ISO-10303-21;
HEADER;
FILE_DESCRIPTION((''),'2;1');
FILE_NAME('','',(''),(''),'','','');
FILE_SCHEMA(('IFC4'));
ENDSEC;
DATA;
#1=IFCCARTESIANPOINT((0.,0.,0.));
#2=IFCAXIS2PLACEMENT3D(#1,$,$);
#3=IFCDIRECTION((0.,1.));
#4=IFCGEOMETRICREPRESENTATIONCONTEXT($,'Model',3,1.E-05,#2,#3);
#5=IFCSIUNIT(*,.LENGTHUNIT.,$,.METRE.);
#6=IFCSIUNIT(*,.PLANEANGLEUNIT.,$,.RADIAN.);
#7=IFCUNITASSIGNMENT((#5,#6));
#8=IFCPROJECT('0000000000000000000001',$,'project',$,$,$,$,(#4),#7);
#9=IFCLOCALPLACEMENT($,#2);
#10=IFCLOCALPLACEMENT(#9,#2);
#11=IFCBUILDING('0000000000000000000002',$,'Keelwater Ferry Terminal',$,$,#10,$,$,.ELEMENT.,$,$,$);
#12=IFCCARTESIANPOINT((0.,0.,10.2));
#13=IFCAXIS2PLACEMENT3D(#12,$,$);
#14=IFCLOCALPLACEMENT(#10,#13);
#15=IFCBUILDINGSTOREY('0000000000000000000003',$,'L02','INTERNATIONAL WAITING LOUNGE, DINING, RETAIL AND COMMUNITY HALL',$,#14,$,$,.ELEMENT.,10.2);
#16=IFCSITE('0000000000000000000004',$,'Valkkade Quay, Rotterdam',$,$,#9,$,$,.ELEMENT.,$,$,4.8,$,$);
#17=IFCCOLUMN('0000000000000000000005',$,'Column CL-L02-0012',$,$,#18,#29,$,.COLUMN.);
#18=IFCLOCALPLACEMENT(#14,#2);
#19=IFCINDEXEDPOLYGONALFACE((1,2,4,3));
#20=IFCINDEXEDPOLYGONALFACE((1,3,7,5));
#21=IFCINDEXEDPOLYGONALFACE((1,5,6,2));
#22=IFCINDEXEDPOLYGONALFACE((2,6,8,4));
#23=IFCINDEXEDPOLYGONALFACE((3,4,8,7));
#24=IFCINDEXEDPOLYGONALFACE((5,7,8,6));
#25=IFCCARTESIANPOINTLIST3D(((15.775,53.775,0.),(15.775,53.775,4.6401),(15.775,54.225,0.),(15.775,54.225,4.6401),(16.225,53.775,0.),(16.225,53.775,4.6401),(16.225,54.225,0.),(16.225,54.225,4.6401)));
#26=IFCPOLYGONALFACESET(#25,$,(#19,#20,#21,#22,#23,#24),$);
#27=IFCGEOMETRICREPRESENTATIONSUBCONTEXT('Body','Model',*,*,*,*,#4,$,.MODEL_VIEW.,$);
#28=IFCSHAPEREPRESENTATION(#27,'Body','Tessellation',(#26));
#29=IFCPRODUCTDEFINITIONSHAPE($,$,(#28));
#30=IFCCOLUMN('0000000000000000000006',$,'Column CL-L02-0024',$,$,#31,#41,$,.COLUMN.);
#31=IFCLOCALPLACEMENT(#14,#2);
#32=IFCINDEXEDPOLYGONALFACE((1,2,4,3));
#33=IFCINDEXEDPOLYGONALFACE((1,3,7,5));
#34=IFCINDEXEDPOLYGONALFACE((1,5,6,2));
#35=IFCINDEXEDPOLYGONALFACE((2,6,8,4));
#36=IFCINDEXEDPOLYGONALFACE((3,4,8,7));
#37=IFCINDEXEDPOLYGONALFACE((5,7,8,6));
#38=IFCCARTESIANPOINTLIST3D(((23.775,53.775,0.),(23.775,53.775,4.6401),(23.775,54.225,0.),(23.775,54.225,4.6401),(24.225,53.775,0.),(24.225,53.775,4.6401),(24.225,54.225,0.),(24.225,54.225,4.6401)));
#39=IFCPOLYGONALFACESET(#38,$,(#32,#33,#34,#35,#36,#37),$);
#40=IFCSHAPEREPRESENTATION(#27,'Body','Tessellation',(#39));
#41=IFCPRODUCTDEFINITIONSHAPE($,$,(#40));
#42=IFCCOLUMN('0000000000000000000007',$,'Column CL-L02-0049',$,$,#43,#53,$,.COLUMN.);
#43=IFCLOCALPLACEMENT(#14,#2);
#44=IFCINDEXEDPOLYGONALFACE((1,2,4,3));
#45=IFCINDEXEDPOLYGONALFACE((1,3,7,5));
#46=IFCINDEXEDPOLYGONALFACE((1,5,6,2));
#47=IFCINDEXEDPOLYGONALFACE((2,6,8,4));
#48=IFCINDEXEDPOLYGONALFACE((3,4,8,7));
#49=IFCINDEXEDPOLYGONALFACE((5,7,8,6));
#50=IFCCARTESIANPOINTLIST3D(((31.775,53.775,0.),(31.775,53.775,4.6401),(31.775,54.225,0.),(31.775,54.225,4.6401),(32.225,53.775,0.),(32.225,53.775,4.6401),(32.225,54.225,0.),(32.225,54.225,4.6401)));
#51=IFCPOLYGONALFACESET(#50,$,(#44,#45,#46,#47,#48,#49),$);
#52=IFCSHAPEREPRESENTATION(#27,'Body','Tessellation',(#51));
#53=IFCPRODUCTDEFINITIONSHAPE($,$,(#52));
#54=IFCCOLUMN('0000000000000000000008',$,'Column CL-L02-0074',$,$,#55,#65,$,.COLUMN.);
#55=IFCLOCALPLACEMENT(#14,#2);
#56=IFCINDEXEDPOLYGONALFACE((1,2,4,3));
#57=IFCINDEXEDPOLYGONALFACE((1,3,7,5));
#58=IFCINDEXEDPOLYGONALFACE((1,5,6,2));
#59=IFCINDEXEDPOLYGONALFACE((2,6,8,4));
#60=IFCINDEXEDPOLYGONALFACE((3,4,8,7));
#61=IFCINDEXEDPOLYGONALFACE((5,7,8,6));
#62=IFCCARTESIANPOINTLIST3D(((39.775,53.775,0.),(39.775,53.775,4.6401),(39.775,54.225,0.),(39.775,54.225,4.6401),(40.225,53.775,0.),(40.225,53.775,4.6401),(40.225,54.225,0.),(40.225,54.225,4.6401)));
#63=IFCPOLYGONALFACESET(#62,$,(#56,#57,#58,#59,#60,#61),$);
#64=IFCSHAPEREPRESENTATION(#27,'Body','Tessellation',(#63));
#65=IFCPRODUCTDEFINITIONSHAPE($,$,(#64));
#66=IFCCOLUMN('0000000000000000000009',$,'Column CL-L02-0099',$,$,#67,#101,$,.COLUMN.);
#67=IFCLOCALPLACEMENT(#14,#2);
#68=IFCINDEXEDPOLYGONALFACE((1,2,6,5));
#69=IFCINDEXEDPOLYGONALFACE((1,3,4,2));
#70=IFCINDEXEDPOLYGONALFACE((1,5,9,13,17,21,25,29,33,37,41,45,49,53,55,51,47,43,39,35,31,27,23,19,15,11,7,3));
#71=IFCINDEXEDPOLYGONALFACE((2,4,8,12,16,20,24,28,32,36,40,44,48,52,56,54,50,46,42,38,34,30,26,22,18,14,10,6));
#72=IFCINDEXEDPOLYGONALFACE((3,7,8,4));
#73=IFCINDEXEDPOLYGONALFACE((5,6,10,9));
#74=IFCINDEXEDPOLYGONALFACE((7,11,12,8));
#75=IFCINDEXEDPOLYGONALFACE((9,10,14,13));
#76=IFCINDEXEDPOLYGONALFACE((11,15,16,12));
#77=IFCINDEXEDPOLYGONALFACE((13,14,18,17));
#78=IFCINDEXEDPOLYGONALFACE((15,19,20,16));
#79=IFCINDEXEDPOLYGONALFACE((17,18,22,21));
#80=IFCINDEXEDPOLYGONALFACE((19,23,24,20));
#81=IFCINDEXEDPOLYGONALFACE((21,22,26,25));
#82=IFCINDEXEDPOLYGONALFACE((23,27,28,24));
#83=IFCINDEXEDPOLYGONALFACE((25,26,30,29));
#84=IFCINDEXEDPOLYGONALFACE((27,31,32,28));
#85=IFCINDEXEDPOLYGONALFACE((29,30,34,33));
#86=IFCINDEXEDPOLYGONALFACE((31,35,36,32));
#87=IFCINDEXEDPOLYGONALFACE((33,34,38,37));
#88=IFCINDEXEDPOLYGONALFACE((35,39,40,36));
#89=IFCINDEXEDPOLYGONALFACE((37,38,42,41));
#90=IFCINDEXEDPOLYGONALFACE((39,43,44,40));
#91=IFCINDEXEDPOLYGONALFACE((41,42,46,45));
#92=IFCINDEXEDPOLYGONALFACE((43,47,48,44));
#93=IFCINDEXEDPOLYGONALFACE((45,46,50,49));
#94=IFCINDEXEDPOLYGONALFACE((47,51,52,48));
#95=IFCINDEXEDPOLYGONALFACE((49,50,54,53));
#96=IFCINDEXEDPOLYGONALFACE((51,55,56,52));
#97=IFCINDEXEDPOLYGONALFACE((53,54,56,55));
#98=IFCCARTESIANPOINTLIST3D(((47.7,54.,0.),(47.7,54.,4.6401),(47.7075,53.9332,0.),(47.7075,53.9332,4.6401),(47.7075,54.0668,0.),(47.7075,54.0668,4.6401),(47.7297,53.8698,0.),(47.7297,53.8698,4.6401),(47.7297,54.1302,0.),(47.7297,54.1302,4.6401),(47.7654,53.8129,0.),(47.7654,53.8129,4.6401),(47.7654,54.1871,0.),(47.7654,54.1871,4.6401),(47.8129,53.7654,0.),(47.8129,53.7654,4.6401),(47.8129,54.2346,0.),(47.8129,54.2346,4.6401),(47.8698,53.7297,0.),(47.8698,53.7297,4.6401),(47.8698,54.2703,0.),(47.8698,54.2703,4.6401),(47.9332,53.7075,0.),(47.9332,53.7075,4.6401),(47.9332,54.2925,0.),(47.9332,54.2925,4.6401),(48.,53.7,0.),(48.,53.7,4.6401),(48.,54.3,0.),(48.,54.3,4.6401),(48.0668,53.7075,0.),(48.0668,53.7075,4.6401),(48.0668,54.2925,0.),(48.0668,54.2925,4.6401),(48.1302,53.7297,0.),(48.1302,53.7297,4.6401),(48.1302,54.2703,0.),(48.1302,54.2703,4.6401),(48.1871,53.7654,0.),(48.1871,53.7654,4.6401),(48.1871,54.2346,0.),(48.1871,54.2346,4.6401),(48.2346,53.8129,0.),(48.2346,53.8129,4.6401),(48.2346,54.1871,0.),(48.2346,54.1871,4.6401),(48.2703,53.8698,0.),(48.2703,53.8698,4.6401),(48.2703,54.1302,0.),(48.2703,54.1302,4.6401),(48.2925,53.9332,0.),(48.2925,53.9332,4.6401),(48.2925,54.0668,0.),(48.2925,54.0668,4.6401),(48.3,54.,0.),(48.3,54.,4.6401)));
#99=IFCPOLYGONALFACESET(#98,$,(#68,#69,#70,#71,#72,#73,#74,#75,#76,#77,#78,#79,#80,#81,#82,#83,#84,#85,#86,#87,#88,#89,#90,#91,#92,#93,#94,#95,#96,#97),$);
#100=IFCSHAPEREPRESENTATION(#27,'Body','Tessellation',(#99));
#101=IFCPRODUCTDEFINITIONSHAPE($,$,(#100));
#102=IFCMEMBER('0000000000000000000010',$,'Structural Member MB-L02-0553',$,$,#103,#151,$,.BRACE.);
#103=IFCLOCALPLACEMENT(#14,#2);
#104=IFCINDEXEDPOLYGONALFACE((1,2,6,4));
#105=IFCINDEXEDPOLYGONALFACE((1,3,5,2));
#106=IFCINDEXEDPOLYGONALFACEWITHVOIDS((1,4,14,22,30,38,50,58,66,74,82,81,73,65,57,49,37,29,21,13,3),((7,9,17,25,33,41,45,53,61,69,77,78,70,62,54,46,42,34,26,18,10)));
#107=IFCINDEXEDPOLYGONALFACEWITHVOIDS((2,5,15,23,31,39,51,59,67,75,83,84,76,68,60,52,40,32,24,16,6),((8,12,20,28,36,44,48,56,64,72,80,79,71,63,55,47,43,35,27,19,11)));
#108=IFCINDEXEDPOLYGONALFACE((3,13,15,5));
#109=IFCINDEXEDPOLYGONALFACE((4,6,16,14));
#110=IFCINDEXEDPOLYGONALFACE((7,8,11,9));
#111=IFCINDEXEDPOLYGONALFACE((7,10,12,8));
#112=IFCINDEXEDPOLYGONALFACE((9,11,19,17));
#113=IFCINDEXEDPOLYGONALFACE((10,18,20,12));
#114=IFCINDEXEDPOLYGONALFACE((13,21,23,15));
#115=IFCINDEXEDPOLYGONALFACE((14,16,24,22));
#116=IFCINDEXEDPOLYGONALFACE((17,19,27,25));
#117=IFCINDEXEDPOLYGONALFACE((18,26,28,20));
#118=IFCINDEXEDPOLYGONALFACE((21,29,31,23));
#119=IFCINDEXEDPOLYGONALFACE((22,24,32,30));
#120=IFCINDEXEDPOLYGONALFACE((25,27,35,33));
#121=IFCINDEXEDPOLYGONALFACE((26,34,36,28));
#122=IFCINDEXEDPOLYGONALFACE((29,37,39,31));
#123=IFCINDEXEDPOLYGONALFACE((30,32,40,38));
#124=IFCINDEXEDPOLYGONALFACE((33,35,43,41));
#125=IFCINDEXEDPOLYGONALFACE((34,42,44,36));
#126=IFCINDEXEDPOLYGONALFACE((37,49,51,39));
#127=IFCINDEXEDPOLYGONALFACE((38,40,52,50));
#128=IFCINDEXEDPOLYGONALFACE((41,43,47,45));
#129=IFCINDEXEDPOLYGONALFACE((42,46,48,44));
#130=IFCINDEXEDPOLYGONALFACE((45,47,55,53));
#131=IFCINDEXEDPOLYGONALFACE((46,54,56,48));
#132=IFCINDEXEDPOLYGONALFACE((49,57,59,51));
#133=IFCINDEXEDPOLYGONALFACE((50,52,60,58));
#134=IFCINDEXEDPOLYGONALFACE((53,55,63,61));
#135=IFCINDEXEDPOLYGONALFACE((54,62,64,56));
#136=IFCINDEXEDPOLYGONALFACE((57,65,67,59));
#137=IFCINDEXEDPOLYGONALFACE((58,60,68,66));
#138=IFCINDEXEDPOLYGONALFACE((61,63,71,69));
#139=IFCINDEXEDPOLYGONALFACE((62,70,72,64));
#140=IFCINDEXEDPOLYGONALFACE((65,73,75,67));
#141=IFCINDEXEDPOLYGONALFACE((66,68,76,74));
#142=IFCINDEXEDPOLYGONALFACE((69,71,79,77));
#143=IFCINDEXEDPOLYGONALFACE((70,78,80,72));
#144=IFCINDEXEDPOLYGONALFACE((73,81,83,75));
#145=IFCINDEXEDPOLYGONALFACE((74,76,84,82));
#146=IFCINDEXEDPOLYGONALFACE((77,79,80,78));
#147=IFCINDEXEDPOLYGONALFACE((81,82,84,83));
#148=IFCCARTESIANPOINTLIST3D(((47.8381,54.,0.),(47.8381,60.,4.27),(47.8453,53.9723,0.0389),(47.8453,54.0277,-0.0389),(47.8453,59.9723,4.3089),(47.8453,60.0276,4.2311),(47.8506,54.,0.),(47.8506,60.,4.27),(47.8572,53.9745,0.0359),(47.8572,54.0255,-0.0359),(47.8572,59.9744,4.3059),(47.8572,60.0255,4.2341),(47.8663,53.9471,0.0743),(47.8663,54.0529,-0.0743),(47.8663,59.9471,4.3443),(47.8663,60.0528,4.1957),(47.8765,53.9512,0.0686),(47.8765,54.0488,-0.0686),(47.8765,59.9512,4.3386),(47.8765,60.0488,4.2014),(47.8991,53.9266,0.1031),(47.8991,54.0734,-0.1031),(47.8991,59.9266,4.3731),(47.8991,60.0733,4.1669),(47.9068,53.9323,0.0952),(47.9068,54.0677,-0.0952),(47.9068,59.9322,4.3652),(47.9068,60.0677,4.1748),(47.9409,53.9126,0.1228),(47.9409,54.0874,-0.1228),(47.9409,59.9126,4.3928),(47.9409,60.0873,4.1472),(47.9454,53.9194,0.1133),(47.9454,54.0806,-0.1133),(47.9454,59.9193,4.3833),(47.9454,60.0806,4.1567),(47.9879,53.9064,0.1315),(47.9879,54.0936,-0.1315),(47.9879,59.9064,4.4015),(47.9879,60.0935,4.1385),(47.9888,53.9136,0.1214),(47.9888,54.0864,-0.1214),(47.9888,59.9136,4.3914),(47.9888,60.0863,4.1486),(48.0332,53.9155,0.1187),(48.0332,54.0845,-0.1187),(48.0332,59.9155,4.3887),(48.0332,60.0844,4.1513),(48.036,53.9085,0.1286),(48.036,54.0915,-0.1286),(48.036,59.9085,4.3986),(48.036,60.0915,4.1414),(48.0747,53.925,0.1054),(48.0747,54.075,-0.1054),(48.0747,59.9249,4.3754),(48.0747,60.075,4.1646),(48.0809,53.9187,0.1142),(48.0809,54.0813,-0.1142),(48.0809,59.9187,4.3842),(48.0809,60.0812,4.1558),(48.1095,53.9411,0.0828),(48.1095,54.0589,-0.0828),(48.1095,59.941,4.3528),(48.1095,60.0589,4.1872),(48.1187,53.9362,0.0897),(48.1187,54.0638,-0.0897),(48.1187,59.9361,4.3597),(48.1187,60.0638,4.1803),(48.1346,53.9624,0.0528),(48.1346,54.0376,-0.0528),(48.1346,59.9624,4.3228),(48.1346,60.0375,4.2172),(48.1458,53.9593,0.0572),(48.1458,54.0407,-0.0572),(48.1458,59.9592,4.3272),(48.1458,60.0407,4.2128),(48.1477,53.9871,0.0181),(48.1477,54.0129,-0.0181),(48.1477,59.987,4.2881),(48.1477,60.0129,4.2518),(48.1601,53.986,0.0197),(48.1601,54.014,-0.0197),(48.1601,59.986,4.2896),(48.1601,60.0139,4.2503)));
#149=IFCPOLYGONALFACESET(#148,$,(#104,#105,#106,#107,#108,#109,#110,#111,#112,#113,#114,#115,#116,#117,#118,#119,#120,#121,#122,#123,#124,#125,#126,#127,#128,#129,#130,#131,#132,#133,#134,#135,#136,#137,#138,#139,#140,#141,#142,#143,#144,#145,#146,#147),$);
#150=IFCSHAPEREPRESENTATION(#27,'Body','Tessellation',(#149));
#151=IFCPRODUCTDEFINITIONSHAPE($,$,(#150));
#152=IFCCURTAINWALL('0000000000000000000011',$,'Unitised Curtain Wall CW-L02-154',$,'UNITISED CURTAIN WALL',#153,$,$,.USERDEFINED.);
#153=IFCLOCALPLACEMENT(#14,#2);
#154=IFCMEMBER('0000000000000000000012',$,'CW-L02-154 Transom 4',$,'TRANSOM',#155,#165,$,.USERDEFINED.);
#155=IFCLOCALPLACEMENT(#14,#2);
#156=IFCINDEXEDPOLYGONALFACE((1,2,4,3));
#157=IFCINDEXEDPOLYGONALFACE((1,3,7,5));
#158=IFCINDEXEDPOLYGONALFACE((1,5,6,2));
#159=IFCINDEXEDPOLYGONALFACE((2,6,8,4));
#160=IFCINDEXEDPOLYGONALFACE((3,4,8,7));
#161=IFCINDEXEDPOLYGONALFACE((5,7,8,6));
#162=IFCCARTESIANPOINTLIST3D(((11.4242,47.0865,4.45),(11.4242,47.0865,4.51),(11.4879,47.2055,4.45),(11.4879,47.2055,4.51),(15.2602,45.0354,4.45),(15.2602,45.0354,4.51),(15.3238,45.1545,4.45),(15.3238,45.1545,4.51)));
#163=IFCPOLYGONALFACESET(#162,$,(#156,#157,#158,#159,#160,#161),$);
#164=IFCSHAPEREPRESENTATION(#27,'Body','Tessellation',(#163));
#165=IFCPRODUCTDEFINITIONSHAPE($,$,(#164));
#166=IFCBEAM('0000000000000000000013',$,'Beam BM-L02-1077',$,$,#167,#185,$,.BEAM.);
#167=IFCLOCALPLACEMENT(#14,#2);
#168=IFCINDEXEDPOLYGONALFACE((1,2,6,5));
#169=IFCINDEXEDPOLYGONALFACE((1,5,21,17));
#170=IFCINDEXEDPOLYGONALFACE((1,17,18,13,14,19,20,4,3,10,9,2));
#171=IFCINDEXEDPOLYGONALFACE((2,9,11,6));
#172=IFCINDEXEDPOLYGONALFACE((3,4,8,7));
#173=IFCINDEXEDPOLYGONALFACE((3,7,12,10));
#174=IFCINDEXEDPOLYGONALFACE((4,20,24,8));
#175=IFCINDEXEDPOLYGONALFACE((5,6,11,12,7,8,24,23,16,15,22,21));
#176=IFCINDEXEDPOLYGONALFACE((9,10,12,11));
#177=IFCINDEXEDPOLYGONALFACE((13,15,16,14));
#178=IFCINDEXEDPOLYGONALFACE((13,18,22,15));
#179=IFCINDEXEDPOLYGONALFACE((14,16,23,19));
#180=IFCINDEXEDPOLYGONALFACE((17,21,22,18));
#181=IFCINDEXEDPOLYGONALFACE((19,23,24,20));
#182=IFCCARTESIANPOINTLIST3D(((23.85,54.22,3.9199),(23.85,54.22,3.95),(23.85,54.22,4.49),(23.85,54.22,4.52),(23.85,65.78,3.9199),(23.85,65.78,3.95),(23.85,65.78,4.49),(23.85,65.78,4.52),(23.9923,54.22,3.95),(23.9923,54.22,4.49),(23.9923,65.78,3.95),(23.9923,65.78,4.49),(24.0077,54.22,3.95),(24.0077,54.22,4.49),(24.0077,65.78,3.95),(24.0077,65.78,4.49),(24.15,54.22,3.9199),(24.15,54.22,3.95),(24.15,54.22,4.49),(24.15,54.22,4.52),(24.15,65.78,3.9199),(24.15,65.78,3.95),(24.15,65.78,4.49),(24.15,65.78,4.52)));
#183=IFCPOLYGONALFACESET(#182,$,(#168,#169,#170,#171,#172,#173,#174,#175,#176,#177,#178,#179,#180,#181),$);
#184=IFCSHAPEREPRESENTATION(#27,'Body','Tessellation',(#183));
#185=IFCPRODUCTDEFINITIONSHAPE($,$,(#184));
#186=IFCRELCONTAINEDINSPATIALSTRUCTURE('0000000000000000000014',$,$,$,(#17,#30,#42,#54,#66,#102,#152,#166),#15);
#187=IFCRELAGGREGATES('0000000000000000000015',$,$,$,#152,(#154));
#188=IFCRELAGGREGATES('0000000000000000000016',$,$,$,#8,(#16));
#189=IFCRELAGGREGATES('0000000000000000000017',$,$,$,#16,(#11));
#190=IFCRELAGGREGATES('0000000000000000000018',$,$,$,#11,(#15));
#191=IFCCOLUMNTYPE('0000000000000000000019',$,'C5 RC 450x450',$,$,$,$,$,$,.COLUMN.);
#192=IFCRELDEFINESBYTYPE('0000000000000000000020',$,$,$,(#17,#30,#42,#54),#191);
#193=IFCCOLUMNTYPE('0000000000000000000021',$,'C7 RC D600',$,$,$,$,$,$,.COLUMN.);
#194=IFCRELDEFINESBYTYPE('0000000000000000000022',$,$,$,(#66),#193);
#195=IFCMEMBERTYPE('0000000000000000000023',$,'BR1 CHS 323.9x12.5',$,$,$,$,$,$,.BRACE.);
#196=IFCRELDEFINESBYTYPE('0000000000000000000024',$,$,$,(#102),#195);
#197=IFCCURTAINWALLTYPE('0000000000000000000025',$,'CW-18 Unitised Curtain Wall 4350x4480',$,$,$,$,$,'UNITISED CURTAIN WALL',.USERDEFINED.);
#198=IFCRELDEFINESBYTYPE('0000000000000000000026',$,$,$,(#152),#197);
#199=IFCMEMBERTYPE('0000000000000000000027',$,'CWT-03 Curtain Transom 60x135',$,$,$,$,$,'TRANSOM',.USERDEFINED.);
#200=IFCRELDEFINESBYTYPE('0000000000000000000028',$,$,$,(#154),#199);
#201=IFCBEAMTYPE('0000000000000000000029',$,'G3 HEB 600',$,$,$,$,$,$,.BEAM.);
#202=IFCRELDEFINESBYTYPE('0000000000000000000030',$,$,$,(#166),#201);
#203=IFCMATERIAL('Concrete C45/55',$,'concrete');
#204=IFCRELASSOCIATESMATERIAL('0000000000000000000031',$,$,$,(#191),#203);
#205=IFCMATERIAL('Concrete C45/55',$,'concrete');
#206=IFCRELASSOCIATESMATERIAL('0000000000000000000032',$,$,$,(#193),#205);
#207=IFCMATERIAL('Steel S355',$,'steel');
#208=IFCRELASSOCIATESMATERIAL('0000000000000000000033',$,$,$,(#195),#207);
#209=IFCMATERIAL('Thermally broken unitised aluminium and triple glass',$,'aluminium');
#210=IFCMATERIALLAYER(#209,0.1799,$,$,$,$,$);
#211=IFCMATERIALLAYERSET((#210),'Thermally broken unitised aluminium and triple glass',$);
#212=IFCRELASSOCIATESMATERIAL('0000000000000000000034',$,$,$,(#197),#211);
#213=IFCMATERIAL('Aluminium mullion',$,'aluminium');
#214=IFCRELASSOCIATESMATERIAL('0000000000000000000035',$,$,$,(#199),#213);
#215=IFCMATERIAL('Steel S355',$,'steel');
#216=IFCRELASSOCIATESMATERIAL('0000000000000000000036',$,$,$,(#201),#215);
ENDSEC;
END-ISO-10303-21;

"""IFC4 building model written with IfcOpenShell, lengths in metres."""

from ifc_helpers import new_model, si_unit, direction, frame, origin, origin_2d, place, context, subcontext, project, spatial, rectangle, circle, hollow_circle, i_section, extrude, material, layer, layer_set, material_profile, profile_set, type_object, element, aggregate, save


model = new_model("IFC4")

# Units and contexts
model_context = context("Model", 3, precision=1e-05, world=origin(), true_north=direction((0.0, 1.0)))
body_context = subcontext(model_context, "Body", "Model", "MODEL_VIEW")
ifc_project = project(units=[si_unit("LENGTHUNIT", "METRE"), si_unit("PLANEANGLEUNIT", "RADIAN")], contexts=[model_context])

# Site, building, storey
site_placement = place(None, origin())
site = spatial("IfcSite", under=ifc_project, at=site_placement, Name="Valkkade Quay, Rotterdam", CompositionType="ELEMENT", RefElevation=4.8)
building_placement = place(site_placement, origin())
building = spatial("IfcBuilding", under=site, at=building_placement, Name="Keelwater Ferry Terminal", CompositionType="ELEMENT")
storey_placement = place(building_placement, frame((0.0, 0.0, 10.2)))
storey = spatial("IfcBuildingStorey", under=building, at=storey_placement, Name="L02", Description="INTERNATIONAL WAITING LOUNGE, DINING, RETAIL AND COMMUNITY HALL", CompositionType="ELEMENT", Elevation=10.2)

# Columns
ifc_material_1 = material(Name="Concrete C45/55", Category="concrete")
ifc_material_profile_1 = material_profile(ifc_material_1, rectangle(XDim=0.45, YDim=0.45, at=origin_2d()), Name="RC 450x450")
ifc_profile_set_1 = profile_set([ifc_material_profile_1], Name="Concrete C45/55")
column_type_1 = type_object("IfcColumnType", Name="C5 RC 450x450", PredefinedType="COLUMN", material=ifc_profile_set_1)
for number, where, z_axis, x_axis, name in (
    (1, (16.0, 54.0, 0.0), (0.0, 0.0, 1.0), (1.0, 0.0, 0.0), "Column CL-L02-0012"),
    (2, (24.0, 54.0, 0.0), (0.0, 0.0, 1.0), (1.0, 0.0, 0.0), "Column CL-L02-0024"),
    (3, (32.0, 54.0, 0.0), (0.0, 0.0, 1.0), (1.0, 0.0, 0.0), "Column CL-L02-0049"),
    (4, (40.0, 54.0, 0.0), (0.0, 0.0, 1.0), (1.0, 0.0, 0.0), "Column CL-L02-0074"),
):
    element("IfcColumn", number, at=place(storey_placement, frame(where, z_axis=z_axis, x_axis=x_axis)), inside=storey, type_object=column_type_1, Name=name, PredefinedType="COLUMN", context=body_context, shape_type="SweptSolid", body=[
        extrude(rectangle(XDim=0.45, YDim=0.45, at=origin_2d()), origin(), (0.0, 0.0, 1.0), 4.6401),
    ])
ifc_material_2 = material(Name="Concrete C45/55", Category="concrete")
ifc_material_profile_2 = material_profile(ifc_material_2, circle(Radius=0.3, at=origin_2d()), Name="RC D600")
ifc_profile_set_2 = profile_set([ifc_material_profile_2], Name="Concrete C45/55")
column_type_2 = type_object("IfcColumnType", Name="C7 RC D600", PredefinedType="COLUMN", material=ifc_profile_set_2)
column_placement = place(storey_placement, frame((48.0, 54.0, 0.0), z_axis=(0.0, 0.0, 1.0), x_axis=(1.0, 0.0, 0.0)))
element("IfcColumn", 5, at=column_placement, inside=storey, type_object=column_type_2, Name="Column CL-L02-0099", PredefinedType="COLUMN", context=body_context, shape_type="SweptSolid", body=[
    extrude(circle(Radius=0.3, at=origin_2d()), origin(), (0.0, 0.0, 1.0), 4.6401),
])

# Member
ifc_material_3 = material(Name="Steel S355", Category="steel")
ifc_material_profile_3 = material_profile(ifc_material_3, hollow_circle(Radius=0.1619, WallThickness=0.0125, at=origin_2d()), Name="CHS 323.9x12.5")
ifc_profile_set_3 = profile_set([ifc_material_profile_3], Name="Steel S355")
member_type_1 = type_object("IfcMemberType", Name="BR1 CHS 323.9x12.5", PredefinedType="BRACE", material=ifc_profile_set_3)
member_1_placement = place(storey_placement, frame((48.0, 54.0, 0.0), z_axis=(0.0, 0.81474, 0.579826), x_axis=(-1.0, 0.0, 0.0)))
element("IfcMember", 6, at=member_1_placement, inside=storey, type_object=member_type_1, Name="Structural Member MB-L02-0553", PredefinedType="BRACE", context=body_context, shape_type="SweptSolid", body=[
    extrude(hollow_circle(Radius=0.1619, WallThickness=0.0125, at=origin_2d()), origin(), (0.0, 0.0, 1.0), 7.3643),
])

# Curtain wall, member
ifc_material_4 = material(Name="Thermally broken unitised aluminium and triple glass", Category="aluminium")
ifc_layer_1 = layer(ifc_material_4, 0.1799)
ifc_layer_set_1 = layer_set([ifc_layer_1], Name="Thermally broken unitised aluminium and triple glass")
curtain_wall_type = type_object("IfcCurtainWallType", Name="CW-18 Unitised Curtain Wall 4350x4480", ElementType="UNITISED CURTAIN WALL", PredefinedType="USERDEFINED", material=ifc_layer_set_1)
curtain_wall_placement = place(storey_placement, origin())
curtain_wall = element("IfcCurtainWall", 7, at=curtain_wall_placement, inside=storey, type_object=curtain_wall_type, Name="Unitised Curtain Wall CW-L02-154", ObjectType="UNITISED CURTAIN WALL", PredefinedType="USERDEFINED")
ifc_material_5 = material(Name="Aluminium mullion", Category="aluminium")
ifc_material_profile_4 = material_profile(ifc_material_5, rectangle(XDim=0.135, YDim=0.0601, at=origin_2d()), Name="CWT-03")
ifc_profile_set_4 = profile_set([ifc_material_profile_4], Name="Aluminium mullion")
member_type_2 = type_object("IfcMemberType", Name="CWT-03 Curtain Transom 60x135", ElementType="TRANSOM", PredefinedType="USERDEFINED", material=ifc_profile_set_4)
member_2_placement = place(storey_placement, frame((11.4561, 47.146, 4.48), z_axis=(0.881857, -0.471517, 0.0), x_axis=(0.471517, 0.881857, 0.0)))
member_2 = element("IfcMember", 8, at=member_2_placement, type_object=member_type_2, Name="CW-L02-154 Transom 4", ObjectType="TRANSOM", PredefinedType="USERDEFINED", context=body_context, shape_type="SweptSolid", body=[
    extrude(rectangle(XDim=0.135, YDim=0.0601, at=origin_2d()), origin(), (0.0, 0.0, 1.0), 4.3499),
])

# Beam
ifc_material_6 = material(Name="Steel S355", Category="steel")
ifc_material_profile_5 = material_profile(ifc_material_6, i_section(OverallWidth=0.3, OverallDepth=0.6001, WebThickness=0.0154, FlangeThickness=0.03, at=origin_2d()), Name="HEB 600")
ifc_profile_set_5 = profile_set([ifc_material_profile_5], Name="Steel S355")
beam_type_1 = type_object("IfcBeamType", Name="G3 HEB 600", PredefinedType="BEAM", material=ifc_profile_set_5)
for number, where, z_axis, x_axis, name in (
    (9, (24.0, 54.22, 4.22), (0.0, 1.0, 0.0), (-1.0, 0.0, 0.0), "Beam BM-L02-1077"),
):
    element("IfcBeam", number, at=place(storey_placement, frame(where, z_axis=z_axis, x_axis=x_axis)), inside=storey, type_object=beam_type_1, Name=name, PredefinedType="BEAM", context=body_context, shape_type="SweptSolid", body=[
        extrude(i_section(OverallWidth=0.3, OverallDepth=0.6001, WebThickness=0.0154, FlangeThickness=0.03, at=origin_2d()), origin(), (0.0, 0.0, 1.0), 11.5601),
    ])

aggregate(curtain_wall, [member_2])

save(model, "model.ifc")
